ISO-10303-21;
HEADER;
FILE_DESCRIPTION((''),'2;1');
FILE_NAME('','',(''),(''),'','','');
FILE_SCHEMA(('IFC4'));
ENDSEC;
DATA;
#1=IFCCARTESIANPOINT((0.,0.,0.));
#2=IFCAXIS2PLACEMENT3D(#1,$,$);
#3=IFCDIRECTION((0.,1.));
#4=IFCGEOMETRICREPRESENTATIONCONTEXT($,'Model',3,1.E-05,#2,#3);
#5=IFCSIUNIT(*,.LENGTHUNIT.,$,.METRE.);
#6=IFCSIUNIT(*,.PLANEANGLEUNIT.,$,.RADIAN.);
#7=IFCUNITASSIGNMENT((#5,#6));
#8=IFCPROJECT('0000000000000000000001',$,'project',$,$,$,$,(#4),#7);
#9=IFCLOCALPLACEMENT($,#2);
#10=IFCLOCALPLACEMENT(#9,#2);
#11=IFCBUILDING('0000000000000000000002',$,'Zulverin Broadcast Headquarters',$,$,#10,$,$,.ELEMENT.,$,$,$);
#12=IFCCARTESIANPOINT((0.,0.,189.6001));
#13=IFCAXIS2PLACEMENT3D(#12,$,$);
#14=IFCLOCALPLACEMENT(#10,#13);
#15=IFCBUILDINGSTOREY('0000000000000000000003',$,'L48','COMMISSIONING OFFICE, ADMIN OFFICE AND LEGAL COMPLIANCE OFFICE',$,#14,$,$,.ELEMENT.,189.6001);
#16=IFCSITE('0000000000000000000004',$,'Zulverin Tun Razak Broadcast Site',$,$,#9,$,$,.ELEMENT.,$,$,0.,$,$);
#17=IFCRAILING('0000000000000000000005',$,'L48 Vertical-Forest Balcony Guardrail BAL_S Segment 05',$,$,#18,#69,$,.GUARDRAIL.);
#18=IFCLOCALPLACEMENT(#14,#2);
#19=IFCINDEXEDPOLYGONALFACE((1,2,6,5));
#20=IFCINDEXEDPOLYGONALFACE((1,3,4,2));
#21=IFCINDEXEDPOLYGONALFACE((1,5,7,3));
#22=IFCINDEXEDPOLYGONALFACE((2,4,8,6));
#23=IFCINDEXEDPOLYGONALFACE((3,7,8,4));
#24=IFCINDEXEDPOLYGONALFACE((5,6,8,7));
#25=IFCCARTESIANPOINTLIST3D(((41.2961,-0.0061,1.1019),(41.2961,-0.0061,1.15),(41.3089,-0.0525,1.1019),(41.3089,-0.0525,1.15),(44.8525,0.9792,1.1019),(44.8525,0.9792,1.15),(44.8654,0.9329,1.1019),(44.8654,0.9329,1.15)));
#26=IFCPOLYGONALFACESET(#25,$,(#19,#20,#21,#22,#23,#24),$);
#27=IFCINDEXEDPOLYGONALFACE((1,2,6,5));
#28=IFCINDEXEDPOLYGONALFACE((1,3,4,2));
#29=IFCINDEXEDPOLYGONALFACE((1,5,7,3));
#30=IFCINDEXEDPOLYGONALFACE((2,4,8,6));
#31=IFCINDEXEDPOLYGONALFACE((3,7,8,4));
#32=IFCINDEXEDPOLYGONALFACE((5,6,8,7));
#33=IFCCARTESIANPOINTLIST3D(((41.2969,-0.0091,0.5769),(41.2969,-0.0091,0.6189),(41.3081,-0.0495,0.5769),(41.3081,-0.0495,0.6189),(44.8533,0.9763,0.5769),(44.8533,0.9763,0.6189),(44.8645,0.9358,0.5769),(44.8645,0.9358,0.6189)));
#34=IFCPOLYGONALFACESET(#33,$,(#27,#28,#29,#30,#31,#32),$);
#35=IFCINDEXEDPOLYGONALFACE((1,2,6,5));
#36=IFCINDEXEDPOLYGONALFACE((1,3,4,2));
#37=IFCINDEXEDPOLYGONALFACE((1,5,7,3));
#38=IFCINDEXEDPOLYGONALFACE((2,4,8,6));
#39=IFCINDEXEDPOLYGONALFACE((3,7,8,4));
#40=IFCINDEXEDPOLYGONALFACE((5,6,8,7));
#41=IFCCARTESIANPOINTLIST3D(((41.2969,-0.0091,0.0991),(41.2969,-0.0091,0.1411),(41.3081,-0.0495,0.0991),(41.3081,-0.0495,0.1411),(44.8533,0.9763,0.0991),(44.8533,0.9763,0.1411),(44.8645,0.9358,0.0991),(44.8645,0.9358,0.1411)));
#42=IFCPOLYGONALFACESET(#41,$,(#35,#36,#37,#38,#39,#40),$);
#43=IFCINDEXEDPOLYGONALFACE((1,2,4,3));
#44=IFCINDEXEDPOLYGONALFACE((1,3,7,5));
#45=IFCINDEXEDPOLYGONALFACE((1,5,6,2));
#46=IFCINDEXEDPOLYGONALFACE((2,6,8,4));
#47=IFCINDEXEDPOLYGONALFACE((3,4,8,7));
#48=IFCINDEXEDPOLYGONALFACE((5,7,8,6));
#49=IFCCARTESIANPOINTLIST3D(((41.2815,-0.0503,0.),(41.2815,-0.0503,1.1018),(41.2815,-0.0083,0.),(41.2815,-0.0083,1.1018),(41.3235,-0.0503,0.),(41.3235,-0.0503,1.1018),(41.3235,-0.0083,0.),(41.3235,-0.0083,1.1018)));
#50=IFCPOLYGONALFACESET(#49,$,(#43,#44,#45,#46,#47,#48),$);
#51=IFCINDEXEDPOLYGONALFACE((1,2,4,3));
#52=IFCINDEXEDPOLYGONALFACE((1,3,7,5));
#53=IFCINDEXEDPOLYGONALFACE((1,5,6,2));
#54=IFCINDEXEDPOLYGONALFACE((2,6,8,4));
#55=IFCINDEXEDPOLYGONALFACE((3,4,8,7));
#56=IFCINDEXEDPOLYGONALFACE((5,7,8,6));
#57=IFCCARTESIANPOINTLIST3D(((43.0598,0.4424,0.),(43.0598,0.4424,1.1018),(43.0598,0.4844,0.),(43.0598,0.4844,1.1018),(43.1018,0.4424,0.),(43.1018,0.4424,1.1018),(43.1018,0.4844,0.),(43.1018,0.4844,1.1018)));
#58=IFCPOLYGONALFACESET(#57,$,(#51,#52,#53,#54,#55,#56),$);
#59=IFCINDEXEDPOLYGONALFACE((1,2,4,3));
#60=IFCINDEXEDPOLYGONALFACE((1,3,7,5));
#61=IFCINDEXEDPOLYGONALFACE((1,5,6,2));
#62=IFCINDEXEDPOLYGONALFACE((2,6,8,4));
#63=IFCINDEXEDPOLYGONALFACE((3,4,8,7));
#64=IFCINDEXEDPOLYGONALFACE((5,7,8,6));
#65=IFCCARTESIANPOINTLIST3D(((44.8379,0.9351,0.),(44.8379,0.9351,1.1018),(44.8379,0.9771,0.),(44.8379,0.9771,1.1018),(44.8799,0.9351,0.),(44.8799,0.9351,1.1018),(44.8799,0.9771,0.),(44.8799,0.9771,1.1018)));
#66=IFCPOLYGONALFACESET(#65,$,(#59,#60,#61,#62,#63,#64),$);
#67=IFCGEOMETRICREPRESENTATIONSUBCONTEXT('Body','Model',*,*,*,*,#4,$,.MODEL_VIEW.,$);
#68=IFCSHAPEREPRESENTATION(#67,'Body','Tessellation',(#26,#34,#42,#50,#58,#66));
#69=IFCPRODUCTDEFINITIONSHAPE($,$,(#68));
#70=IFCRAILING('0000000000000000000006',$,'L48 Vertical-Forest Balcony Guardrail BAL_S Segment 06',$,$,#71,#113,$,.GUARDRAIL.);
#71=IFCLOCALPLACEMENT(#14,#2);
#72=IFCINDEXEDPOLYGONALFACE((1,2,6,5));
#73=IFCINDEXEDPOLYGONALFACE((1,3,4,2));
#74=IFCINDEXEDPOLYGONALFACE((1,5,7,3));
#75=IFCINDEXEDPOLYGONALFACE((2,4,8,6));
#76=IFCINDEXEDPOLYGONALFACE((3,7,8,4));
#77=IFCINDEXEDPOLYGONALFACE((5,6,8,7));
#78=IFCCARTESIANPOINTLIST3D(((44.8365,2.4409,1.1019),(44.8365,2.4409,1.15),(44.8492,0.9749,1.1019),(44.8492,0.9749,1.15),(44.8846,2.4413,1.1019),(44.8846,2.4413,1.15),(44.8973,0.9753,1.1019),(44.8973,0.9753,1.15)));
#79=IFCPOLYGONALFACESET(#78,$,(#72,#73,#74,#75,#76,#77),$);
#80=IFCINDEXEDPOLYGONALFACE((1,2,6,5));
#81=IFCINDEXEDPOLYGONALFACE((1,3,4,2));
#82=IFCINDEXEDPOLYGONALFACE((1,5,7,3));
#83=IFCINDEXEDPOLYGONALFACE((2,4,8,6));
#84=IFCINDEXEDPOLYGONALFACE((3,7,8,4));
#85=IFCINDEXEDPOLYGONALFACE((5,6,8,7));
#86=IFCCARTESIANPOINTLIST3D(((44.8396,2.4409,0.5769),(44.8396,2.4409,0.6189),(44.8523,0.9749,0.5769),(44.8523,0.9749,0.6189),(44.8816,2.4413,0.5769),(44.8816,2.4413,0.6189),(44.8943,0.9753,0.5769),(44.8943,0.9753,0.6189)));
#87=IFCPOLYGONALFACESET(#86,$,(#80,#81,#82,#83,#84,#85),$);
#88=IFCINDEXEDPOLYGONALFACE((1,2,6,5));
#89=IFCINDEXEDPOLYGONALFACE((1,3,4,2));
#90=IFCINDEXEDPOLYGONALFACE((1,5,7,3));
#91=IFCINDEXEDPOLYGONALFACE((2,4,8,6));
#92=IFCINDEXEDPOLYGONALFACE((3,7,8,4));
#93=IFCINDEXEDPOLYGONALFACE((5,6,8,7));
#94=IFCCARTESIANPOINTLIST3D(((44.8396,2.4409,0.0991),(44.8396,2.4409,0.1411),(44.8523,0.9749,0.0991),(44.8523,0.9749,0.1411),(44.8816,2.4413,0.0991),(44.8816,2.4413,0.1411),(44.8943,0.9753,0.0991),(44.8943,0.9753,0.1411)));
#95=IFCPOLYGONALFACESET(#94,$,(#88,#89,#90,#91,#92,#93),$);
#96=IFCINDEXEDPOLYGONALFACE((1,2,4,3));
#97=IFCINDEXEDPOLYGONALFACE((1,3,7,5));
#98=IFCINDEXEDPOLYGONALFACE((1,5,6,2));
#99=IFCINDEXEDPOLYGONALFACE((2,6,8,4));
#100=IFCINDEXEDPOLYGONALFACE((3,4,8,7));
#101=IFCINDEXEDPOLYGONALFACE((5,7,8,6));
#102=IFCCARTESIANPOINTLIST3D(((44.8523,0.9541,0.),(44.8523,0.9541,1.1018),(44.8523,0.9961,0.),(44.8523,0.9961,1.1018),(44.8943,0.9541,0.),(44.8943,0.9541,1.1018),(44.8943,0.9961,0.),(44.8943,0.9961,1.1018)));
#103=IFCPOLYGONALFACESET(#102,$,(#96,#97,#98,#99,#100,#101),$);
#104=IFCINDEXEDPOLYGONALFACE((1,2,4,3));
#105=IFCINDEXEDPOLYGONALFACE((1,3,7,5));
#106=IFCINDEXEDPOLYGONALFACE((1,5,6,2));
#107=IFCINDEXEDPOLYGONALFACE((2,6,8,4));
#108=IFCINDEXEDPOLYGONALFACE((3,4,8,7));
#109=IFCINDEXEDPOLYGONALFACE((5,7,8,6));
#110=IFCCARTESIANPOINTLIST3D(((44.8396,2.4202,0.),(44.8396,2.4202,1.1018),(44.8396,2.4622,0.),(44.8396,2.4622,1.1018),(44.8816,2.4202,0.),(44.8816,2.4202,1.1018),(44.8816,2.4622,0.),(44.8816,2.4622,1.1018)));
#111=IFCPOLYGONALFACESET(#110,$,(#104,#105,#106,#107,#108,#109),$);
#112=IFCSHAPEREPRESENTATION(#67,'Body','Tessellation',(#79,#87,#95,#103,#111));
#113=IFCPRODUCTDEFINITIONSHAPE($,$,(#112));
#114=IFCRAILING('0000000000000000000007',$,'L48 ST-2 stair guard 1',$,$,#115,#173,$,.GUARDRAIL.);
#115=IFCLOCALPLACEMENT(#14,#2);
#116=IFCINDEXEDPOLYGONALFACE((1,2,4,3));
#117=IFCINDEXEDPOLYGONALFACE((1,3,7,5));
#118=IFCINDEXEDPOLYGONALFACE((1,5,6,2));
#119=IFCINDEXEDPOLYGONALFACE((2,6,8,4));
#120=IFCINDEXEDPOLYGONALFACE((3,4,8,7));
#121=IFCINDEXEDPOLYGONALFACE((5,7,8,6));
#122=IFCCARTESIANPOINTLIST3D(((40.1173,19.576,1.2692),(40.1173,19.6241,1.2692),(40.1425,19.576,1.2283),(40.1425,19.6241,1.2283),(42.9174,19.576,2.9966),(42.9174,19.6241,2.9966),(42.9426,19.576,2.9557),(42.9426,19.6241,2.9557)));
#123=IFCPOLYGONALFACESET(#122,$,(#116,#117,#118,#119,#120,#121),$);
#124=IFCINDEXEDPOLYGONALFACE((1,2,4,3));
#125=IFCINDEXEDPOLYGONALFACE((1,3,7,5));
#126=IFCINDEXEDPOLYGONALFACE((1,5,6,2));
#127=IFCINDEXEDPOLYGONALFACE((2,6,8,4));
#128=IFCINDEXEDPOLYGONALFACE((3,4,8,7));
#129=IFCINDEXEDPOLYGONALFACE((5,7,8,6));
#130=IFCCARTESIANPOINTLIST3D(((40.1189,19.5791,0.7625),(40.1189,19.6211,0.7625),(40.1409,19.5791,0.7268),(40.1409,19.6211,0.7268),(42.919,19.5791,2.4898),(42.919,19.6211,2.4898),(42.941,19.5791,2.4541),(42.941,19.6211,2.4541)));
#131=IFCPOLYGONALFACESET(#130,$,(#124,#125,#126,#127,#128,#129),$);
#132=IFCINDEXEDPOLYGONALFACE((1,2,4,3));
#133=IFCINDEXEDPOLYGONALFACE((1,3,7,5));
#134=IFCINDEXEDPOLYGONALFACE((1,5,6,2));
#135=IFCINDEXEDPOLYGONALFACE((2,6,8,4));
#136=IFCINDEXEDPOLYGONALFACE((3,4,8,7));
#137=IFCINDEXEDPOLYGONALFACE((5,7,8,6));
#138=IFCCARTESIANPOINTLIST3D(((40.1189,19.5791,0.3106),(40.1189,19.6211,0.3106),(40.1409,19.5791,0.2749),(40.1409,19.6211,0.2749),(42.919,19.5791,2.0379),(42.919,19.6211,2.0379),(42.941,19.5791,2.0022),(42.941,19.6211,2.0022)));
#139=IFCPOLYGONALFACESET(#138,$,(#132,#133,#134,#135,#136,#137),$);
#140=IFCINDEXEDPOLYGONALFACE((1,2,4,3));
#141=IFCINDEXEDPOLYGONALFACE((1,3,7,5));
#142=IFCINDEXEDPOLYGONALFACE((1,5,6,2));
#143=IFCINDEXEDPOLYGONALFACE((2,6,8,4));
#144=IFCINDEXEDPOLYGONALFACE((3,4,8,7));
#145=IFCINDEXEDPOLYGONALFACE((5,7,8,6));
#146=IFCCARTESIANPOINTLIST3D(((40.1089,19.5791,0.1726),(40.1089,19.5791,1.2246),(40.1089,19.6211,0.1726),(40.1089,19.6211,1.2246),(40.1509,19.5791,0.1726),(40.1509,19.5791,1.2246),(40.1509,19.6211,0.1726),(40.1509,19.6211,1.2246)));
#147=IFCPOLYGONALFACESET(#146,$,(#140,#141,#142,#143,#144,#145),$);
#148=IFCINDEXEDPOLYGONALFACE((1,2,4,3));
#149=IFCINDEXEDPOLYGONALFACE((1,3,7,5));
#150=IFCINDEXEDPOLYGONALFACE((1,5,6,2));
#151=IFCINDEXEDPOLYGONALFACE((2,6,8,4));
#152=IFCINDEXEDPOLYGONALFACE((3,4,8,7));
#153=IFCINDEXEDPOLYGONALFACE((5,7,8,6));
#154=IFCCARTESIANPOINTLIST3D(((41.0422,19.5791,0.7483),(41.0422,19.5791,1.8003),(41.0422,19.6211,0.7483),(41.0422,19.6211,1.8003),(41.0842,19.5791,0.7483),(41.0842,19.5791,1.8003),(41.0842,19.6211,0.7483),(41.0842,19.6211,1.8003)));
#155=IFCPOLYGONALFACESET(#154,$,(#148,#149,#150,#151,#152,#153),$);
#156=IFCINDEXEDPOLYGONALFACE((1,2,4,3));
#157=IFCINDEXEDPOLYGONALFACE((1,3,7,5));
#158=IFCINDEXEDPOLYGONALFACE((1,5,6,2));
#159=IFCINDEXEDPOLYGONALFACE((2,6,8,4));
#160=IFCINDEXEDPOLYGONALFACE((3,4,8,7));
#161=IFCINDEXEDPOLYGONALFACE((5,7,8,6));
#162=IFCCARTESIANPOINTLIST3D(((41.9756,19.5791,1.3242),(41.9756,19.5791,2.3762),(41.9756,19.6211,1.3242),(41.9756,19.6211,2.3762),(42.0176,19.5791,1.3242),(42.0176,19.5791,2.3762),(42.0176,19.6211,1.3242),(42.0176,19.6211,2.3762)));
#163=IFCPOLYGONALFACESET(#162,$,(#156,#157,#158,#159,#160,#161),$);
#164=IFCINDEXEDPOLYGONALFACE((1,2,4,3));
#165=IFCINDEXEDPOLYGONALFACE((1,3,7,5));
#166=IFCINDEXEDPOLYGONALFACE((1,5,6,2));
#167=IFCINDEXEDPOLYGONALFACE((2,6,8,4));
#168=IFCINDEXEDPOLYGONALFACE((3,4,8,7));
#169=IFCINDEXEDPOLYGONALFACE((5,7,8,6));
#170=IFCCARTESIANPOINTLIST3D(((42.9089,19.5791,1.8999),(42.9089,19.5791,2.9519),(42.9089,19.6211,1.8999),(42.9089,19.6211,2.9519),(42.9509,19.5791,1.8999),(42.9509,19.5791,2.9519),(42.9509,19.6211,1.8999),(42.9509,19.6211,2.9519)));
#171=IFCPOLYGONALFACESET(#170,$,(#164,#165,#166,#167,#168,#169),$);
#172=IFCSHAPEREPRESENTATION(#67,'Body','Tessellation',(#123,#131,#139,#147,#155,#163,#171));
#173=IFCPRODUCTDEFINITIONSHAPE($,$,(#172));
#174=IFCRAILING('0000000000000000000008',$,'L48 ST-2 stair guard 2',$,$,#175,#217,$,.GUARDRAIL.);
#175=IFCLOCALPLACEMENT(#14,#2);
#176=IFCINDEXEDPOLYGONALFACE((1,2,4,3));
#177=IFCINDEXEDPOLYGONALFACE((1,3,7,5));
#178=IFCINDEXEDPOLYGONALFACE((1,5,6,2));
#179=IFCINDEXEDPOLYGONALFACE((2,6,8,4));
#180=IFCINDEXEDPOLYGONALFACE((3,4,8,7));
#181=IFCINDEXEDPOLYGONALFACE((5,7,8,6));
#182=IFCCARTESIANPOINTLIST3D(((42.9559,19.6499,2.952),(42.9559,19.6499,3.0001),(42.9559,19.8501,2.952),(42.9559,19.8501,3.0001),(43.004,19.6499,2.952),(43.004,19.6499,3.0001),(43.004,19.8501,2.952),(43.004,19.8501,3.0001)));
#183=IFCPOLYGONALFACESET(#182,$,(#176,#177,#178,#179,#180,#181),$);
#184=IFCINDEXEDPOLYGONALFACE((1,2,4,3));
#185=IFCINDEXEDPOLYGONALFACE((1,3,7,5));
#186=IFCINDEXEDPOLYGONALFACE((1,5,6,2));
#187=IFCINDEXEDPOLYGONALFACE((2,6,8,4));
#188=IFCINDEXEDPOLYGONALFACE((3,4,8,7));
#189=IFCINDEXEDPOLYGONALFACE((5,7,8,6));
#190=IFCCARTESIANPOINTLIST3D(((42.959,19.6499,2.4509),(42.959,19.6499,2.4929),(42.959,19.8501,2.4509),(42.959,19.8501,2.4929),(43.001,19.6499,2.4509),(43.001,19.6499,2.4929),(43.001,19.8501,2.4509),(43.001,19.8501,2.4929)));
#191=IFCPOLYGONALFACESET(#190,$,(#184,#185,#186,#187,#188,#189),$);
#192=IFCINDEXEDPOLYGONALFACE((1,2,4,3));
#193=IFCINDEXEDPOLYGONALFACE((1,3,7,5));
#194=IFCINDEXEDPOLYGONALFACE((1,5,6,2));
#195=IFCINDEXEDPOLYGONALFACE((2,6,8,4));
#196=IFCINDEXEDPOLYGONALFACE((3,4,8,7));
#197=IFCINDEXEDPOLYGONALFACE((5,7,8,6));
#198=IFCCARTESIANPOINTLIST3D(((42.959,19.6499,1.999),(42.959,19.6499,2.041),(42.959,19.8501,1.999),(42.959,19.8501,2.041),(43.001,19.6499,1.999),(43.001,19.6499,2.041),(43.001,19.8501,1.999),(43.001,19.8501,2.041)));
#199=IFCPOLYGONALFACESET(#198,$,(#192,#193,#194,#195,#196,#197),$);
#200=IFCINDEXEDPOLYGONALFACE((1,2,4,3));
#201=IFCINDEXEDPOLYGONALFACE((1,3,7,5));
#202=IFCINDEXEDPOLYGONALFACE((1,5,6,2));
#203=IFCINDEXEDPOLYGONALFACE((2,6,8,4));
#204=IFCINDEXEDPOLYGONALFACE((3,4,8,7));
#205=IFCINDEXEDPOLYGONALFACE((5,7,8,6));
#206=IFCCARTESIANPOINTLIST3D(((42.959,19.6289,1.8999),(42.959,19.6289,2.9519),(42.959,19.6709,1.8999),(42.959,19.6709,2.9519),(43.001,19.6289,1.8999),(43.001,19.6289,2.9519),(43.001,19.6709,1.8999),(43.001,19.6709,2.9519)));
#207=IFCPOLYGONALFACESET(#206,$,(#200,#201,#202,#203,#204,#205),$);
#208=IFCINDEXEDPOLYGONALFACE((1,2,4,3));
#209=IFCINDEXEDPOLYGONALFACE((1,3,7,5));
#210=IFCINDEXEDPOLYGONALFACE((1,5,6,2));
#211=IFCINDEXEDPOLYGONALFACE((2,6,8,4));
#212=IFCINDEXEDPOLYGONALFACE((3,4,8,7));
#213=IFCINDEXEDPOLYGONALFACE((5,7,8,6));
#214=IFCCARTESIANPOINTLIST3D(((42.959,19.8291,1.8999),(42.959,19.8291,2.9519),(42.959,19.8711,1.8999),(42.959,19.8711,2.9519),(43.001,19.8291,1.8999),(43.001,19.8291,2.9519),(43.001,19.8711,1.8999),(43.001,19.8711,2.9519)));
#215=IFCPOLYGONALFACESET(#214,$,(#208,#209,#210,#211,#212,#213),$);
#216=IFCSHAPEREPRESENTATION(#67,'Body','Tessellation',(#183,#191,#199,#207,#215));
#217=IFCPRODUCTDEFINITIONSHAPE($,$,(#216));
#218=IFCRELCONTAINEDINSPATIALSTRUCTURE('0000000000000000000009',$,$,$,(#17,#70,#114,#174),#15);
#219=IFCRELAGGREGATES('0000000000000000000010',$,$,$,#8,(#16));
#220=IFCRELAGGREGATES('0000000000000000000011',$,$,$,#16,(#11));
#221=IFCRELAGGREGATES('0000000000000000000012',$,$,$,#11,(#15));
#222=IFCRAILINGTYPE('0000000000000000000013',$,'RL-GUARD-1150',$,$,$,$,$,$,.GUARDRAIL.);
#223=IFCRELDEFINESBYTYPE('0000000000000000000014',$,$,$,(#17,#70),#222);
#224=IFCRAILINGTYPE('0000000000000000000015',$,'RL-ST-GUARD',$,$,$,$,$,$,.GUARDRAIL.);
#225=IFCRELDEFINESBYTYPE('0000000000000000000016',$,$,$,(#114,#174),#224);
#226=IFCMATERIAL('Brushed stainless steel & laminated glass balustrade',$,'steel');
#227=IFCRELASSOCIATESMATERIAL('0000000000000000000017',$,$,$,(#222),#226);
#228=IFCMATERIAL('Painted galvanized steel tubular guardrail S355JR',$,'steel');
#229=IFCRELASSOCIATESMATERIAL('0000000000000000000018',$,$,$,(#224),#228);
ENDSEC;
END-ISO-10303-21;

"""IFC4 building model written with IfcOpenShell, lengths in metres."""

from ifc_helpers import new_model, si_unit, direction, frame, origin, origin_2d, place, context, subcontext, project, spatial, rectangle, extrude, material, type_object, element, save


model = new_model("IFC4")

# Units and contexts
model_context = context("Model", 3, precision=1e-05, world=origin(), true_north=direction((0.0, 1.0)))
body_context = subcontext(model_context, "Body", "Model", "MODEL_VIEW")
ifc_project = project(units=[si_unit("LENGTHUNIT", "METRE"), si_unit("PLANEANGLEUNIT", "RADIAN")], contexts=[model_context])

# Site, building, storey
site_placement = place(None, origin())
site = spatial("IfcSite", under=ifc_project, at=site_placement, Name="Zulverin Tun Razak Broadcast Site", CompositionType="ELEMENT", RefElevation=0.0)
building_placement = place(site_placement, origin())
building = spatial("IfcBuilding", under=site, at=building_placement, Name="Zulverin Broadcast Headquarters", CompositionType="ELEMENT")
storey_placement = place(building_placement, frame((0.0, 0.0, 189.6001)))
storey = spatial("IfcBuildingStorey", under=building, at=storey_placement, Name="L48", Description="COMMISSIONING OFFICE, ADMIN OFFICE AND LEGAL COMPLIANCE OFFICE", CompositionType="ELEMENT", Elevation=189.6001)

# Railings
ifc_material_1 = material(Name="Brushed stainless steel & laminated glass balustrade", Category="steel")
railing_type_1 = type_object("IfcRailingType", Name="RL-GUARD-1150", PredefinedType="GUARDRAIL", material=ifc_material_1)
railing_1_placement = place(storey_placement, frame((41.3025, -0.0293, 0.0)))
element("IfcRailing", 1, at=railing_1_placement, inside=storey, type_object=railing_type_1, Name="L48 Vertical-Forest Balcony Guardrail BAL_S Segment 05", PredefinedType="GUARDRAIL", context=body_context, shape_type="SweptSolid", body=[
    extrude(rectangle(XDim=0.0481, YDim=0.0481, at=origin_2d()), frame((0.0, 0.0, 1.126), z_axis=(0.963695, 0.267006, 0.0), x_axis=(-0.267006, 0.963695, 0.0)), (0.0, 0.0, 1.0), 3.6904),
    extrude(rectangle(XDim=0.042, YDim=0.042, at=origin_2d()), frame((0.0, 0.0, 0.5979), z_axis=(0.963695, 0.267006, 0.0), x_axis=(-0.267006, 0.963695, 0.0)), (0.0, 0.0, 1.0), 3.6904),
    extrude(rectangle(XDim=0.042, YDim=0.042, at=origin_2d()), frame((0.0, 0.0, 0.1201), z_axis=(0.963695, 0.267006, 0.0), x_axis=(-0.267006, 0.963695, 0.0)), (0.0, 0.0, 1.0), 3.6904),
    extrude(rectangle(XDim=0.042, YDim=0.042, at=origin_2d()), origin(), (0.0, 0.0, 1.0), 1.1018),
    extrude(rectangle(XDim=0.042, YDim=0.042, at=origin_2d()), frame((1.7783, 0.4927, 0.0)), (0.0, 0.0, 1.0), 1.1018),
    extrude(rectangle(XDim=0.042, YDim=0.042, at=origin_2d()), frame((3.5564, 0.9854, 0.0)), (0.0, 0.0, 1.0), 1.1018),
])
railing_2_placement = place(storey_placement, frame((44.8733, 0.9751, 0.0)))
element("IfcRailing", 2, at=railing_2_placement, inside=storey, type_object=railing_type_1, Name="L48 Vertical-Forest Balcony Guardrail BAL_S Segment 06", PredefinedType="GUARDRAIL", context=body_context, shape_type="SweptSolid", body=[
    extrude(rectangle(XDim=0.0481, YDim=0.0481, at=origin_2d()), frame((0.0, 0.0, 1.126), z_axis=(-0.008659, 0.999963, 0.0), x_axis=(-0.999963, -0.008659, 0.0)), (0.0, 0.0, 1.0), 1.4661),
    extrude(rectangle(XDim=0.042, YDim=0.042, at=origin_2d()), frame((0.0, 0.0, 0.5979), z_axis=(-0.008659, 0.999963, 0.0), x_axis=(-0.999963, -0.008659, 0.0)), (0.0, 0.0, 1.0), 1.4661),
    extrude(rectangle(XDim=0.042, YDim=0.042, at=origin_2d()), frame((0.0, 0.0, 0.1201), z_axis=(-0.008659, 0.999963, 0.0), x_axis=(-0.999963, -0.008659, 0.0)), (0.0, 0.0, 1.0), 1.4661),
    extrude(rectangle(XDim=0.042, YDim=0.042, at=origin_2d()), origin(), (0.0, 0.0, 1.0), 1.1018),
    extrude(rectangle(XDim=0.042, YDim=0.042, at=origin_2d()), frame((-0.0127, 1.4661, 0.0)), (0.0, 0.0, 1.0), 1.1018),
])
ifc_material_2 = material(Name="Painted galvanized steel tubular guardrail S355JR", Category="steel")
railing_type_2 = type_object("IfcRailingType", Name="RL-ST-GUARD", PredefinedType="GUARDRAIL", material=ifc_material_2)
railing_3_placement = place(storey_placement, frame((40.1299, 19.6001, 0.1726)))
element("IfcRailing", 3, at=railing_3_placement, inside=storey, type_object=railing_type_2, Name="L48 ST-2 stair guard 1", PredefinedType="GUARDRAIL", context=body_context, shape_type="SweptSolid", body=[
    extrude(rectangle(XDim=0.0481, YDim=0.0481, at=origin_2d()), frame((0.0, 0.0, 1.0762), z_axis=(0.85109, 0.0, 0.52502), x_axis=(0.0, 1.0, 0.0)), (0.0, 0.0, 1.0), 3.29),
    extrude(rectangle(XDim=0.042, YDim=0.042, at=origin_2d()), frame((0.0, 0.0, 0.572), z_axis=(0.85109, 0.0, 0.52502), x_axis=(0.0, 1.0, 0.0)), (0.0, 0.0, 1.0), 3.29),
    extrude(rectangle(XDim=0.042, YDim=0.042, at=origin_2d()), frame((0.0, 0.0, 0.1201), z_axis=(0.85109, 0.0, 0.52502), x_axis=(0.0, 1.0, 0.0)), (0.0, 0.0, 1.0), 3.29),
    extrude(rectangle(XDim=0.042, YDim=0.042, at=origin_2d()), origin(), (0.0, 0.0, 1.0), 1.052),
    extrude(rectangle(XDim=0.042, YDim=0.042, at=origin_2d()), frame((0.9333, 0.0, 0.5757)), (0.0, 0.0, 1.0), 1.052),
    extrude(rectangle(XDim=0.042, YDim=0.042, at=origin_2d()), frame((1.8667, 0.0, 1.1516)), (0.0, 0.0, 1.0), 1.052),
    extrude(rectangle(XDim=0.042, YDim=0.042, at=origin_2d()), frame((2.8, 0.0, 1.7273)), (0.0, 0.0, 1.0), 1.052),
])
for number, where, name in (
    (4, (42.98, 19.6499, 1.8999), "L48 ST-2 stair guard 2"),
):
    element("IfcRailing", number, at=place(storey_placement, frame(where)), inside=storey, type_object=railing_type_2, Name=name, PredefinedType="GUARDRAIL", context=body_context, shape_type="SweptSolid", body=[
        extrude(rectangle(XDim=0.0481, YDim=0.0481, at=origin_2d()), frame((0.0, 0.0, 1.0762), z_axis=(0.0, 1.0, 0.0), x_axis=(-1.0, 0.0, 0.0)), (0.0, 0.0, 1.0), 0.2002),
        extrude(rectangle(XDim=0.042, YDim=0.042, at=origin_2d()), frame((0.0, 0.0, 0.572), z_axis=(0.0, 1.0, 0.0), x_axis=(-1.0, 0.0, 0.0)), (0.0, 0.0, 1.0), 0.2002),
        extrude(rectangle(XDim=0.042, YDim=0.042, at=origin_2d()), frame((0.0, 0.0, 0.1201), z_axis=(0.0, 1.0, 0.0), x_axis=(-1.0, 0.0, 0.0)), (0.0, 0.0, 1.0), 0.2002),
        extrude(rectangle(XDim=0.042, YDim=0.042, at=origin_2d()), origin(), (0.0, 0.0, 1.0), 1.052),
        extrude(rectangle(XDim=0.042, YDim=0.042, at=origin_2d()), frame((0.0, 0.2002, 0.0)), (0.0, 0.0, 1.0), 1.052),
    ])

save(model, "model.ifc")
